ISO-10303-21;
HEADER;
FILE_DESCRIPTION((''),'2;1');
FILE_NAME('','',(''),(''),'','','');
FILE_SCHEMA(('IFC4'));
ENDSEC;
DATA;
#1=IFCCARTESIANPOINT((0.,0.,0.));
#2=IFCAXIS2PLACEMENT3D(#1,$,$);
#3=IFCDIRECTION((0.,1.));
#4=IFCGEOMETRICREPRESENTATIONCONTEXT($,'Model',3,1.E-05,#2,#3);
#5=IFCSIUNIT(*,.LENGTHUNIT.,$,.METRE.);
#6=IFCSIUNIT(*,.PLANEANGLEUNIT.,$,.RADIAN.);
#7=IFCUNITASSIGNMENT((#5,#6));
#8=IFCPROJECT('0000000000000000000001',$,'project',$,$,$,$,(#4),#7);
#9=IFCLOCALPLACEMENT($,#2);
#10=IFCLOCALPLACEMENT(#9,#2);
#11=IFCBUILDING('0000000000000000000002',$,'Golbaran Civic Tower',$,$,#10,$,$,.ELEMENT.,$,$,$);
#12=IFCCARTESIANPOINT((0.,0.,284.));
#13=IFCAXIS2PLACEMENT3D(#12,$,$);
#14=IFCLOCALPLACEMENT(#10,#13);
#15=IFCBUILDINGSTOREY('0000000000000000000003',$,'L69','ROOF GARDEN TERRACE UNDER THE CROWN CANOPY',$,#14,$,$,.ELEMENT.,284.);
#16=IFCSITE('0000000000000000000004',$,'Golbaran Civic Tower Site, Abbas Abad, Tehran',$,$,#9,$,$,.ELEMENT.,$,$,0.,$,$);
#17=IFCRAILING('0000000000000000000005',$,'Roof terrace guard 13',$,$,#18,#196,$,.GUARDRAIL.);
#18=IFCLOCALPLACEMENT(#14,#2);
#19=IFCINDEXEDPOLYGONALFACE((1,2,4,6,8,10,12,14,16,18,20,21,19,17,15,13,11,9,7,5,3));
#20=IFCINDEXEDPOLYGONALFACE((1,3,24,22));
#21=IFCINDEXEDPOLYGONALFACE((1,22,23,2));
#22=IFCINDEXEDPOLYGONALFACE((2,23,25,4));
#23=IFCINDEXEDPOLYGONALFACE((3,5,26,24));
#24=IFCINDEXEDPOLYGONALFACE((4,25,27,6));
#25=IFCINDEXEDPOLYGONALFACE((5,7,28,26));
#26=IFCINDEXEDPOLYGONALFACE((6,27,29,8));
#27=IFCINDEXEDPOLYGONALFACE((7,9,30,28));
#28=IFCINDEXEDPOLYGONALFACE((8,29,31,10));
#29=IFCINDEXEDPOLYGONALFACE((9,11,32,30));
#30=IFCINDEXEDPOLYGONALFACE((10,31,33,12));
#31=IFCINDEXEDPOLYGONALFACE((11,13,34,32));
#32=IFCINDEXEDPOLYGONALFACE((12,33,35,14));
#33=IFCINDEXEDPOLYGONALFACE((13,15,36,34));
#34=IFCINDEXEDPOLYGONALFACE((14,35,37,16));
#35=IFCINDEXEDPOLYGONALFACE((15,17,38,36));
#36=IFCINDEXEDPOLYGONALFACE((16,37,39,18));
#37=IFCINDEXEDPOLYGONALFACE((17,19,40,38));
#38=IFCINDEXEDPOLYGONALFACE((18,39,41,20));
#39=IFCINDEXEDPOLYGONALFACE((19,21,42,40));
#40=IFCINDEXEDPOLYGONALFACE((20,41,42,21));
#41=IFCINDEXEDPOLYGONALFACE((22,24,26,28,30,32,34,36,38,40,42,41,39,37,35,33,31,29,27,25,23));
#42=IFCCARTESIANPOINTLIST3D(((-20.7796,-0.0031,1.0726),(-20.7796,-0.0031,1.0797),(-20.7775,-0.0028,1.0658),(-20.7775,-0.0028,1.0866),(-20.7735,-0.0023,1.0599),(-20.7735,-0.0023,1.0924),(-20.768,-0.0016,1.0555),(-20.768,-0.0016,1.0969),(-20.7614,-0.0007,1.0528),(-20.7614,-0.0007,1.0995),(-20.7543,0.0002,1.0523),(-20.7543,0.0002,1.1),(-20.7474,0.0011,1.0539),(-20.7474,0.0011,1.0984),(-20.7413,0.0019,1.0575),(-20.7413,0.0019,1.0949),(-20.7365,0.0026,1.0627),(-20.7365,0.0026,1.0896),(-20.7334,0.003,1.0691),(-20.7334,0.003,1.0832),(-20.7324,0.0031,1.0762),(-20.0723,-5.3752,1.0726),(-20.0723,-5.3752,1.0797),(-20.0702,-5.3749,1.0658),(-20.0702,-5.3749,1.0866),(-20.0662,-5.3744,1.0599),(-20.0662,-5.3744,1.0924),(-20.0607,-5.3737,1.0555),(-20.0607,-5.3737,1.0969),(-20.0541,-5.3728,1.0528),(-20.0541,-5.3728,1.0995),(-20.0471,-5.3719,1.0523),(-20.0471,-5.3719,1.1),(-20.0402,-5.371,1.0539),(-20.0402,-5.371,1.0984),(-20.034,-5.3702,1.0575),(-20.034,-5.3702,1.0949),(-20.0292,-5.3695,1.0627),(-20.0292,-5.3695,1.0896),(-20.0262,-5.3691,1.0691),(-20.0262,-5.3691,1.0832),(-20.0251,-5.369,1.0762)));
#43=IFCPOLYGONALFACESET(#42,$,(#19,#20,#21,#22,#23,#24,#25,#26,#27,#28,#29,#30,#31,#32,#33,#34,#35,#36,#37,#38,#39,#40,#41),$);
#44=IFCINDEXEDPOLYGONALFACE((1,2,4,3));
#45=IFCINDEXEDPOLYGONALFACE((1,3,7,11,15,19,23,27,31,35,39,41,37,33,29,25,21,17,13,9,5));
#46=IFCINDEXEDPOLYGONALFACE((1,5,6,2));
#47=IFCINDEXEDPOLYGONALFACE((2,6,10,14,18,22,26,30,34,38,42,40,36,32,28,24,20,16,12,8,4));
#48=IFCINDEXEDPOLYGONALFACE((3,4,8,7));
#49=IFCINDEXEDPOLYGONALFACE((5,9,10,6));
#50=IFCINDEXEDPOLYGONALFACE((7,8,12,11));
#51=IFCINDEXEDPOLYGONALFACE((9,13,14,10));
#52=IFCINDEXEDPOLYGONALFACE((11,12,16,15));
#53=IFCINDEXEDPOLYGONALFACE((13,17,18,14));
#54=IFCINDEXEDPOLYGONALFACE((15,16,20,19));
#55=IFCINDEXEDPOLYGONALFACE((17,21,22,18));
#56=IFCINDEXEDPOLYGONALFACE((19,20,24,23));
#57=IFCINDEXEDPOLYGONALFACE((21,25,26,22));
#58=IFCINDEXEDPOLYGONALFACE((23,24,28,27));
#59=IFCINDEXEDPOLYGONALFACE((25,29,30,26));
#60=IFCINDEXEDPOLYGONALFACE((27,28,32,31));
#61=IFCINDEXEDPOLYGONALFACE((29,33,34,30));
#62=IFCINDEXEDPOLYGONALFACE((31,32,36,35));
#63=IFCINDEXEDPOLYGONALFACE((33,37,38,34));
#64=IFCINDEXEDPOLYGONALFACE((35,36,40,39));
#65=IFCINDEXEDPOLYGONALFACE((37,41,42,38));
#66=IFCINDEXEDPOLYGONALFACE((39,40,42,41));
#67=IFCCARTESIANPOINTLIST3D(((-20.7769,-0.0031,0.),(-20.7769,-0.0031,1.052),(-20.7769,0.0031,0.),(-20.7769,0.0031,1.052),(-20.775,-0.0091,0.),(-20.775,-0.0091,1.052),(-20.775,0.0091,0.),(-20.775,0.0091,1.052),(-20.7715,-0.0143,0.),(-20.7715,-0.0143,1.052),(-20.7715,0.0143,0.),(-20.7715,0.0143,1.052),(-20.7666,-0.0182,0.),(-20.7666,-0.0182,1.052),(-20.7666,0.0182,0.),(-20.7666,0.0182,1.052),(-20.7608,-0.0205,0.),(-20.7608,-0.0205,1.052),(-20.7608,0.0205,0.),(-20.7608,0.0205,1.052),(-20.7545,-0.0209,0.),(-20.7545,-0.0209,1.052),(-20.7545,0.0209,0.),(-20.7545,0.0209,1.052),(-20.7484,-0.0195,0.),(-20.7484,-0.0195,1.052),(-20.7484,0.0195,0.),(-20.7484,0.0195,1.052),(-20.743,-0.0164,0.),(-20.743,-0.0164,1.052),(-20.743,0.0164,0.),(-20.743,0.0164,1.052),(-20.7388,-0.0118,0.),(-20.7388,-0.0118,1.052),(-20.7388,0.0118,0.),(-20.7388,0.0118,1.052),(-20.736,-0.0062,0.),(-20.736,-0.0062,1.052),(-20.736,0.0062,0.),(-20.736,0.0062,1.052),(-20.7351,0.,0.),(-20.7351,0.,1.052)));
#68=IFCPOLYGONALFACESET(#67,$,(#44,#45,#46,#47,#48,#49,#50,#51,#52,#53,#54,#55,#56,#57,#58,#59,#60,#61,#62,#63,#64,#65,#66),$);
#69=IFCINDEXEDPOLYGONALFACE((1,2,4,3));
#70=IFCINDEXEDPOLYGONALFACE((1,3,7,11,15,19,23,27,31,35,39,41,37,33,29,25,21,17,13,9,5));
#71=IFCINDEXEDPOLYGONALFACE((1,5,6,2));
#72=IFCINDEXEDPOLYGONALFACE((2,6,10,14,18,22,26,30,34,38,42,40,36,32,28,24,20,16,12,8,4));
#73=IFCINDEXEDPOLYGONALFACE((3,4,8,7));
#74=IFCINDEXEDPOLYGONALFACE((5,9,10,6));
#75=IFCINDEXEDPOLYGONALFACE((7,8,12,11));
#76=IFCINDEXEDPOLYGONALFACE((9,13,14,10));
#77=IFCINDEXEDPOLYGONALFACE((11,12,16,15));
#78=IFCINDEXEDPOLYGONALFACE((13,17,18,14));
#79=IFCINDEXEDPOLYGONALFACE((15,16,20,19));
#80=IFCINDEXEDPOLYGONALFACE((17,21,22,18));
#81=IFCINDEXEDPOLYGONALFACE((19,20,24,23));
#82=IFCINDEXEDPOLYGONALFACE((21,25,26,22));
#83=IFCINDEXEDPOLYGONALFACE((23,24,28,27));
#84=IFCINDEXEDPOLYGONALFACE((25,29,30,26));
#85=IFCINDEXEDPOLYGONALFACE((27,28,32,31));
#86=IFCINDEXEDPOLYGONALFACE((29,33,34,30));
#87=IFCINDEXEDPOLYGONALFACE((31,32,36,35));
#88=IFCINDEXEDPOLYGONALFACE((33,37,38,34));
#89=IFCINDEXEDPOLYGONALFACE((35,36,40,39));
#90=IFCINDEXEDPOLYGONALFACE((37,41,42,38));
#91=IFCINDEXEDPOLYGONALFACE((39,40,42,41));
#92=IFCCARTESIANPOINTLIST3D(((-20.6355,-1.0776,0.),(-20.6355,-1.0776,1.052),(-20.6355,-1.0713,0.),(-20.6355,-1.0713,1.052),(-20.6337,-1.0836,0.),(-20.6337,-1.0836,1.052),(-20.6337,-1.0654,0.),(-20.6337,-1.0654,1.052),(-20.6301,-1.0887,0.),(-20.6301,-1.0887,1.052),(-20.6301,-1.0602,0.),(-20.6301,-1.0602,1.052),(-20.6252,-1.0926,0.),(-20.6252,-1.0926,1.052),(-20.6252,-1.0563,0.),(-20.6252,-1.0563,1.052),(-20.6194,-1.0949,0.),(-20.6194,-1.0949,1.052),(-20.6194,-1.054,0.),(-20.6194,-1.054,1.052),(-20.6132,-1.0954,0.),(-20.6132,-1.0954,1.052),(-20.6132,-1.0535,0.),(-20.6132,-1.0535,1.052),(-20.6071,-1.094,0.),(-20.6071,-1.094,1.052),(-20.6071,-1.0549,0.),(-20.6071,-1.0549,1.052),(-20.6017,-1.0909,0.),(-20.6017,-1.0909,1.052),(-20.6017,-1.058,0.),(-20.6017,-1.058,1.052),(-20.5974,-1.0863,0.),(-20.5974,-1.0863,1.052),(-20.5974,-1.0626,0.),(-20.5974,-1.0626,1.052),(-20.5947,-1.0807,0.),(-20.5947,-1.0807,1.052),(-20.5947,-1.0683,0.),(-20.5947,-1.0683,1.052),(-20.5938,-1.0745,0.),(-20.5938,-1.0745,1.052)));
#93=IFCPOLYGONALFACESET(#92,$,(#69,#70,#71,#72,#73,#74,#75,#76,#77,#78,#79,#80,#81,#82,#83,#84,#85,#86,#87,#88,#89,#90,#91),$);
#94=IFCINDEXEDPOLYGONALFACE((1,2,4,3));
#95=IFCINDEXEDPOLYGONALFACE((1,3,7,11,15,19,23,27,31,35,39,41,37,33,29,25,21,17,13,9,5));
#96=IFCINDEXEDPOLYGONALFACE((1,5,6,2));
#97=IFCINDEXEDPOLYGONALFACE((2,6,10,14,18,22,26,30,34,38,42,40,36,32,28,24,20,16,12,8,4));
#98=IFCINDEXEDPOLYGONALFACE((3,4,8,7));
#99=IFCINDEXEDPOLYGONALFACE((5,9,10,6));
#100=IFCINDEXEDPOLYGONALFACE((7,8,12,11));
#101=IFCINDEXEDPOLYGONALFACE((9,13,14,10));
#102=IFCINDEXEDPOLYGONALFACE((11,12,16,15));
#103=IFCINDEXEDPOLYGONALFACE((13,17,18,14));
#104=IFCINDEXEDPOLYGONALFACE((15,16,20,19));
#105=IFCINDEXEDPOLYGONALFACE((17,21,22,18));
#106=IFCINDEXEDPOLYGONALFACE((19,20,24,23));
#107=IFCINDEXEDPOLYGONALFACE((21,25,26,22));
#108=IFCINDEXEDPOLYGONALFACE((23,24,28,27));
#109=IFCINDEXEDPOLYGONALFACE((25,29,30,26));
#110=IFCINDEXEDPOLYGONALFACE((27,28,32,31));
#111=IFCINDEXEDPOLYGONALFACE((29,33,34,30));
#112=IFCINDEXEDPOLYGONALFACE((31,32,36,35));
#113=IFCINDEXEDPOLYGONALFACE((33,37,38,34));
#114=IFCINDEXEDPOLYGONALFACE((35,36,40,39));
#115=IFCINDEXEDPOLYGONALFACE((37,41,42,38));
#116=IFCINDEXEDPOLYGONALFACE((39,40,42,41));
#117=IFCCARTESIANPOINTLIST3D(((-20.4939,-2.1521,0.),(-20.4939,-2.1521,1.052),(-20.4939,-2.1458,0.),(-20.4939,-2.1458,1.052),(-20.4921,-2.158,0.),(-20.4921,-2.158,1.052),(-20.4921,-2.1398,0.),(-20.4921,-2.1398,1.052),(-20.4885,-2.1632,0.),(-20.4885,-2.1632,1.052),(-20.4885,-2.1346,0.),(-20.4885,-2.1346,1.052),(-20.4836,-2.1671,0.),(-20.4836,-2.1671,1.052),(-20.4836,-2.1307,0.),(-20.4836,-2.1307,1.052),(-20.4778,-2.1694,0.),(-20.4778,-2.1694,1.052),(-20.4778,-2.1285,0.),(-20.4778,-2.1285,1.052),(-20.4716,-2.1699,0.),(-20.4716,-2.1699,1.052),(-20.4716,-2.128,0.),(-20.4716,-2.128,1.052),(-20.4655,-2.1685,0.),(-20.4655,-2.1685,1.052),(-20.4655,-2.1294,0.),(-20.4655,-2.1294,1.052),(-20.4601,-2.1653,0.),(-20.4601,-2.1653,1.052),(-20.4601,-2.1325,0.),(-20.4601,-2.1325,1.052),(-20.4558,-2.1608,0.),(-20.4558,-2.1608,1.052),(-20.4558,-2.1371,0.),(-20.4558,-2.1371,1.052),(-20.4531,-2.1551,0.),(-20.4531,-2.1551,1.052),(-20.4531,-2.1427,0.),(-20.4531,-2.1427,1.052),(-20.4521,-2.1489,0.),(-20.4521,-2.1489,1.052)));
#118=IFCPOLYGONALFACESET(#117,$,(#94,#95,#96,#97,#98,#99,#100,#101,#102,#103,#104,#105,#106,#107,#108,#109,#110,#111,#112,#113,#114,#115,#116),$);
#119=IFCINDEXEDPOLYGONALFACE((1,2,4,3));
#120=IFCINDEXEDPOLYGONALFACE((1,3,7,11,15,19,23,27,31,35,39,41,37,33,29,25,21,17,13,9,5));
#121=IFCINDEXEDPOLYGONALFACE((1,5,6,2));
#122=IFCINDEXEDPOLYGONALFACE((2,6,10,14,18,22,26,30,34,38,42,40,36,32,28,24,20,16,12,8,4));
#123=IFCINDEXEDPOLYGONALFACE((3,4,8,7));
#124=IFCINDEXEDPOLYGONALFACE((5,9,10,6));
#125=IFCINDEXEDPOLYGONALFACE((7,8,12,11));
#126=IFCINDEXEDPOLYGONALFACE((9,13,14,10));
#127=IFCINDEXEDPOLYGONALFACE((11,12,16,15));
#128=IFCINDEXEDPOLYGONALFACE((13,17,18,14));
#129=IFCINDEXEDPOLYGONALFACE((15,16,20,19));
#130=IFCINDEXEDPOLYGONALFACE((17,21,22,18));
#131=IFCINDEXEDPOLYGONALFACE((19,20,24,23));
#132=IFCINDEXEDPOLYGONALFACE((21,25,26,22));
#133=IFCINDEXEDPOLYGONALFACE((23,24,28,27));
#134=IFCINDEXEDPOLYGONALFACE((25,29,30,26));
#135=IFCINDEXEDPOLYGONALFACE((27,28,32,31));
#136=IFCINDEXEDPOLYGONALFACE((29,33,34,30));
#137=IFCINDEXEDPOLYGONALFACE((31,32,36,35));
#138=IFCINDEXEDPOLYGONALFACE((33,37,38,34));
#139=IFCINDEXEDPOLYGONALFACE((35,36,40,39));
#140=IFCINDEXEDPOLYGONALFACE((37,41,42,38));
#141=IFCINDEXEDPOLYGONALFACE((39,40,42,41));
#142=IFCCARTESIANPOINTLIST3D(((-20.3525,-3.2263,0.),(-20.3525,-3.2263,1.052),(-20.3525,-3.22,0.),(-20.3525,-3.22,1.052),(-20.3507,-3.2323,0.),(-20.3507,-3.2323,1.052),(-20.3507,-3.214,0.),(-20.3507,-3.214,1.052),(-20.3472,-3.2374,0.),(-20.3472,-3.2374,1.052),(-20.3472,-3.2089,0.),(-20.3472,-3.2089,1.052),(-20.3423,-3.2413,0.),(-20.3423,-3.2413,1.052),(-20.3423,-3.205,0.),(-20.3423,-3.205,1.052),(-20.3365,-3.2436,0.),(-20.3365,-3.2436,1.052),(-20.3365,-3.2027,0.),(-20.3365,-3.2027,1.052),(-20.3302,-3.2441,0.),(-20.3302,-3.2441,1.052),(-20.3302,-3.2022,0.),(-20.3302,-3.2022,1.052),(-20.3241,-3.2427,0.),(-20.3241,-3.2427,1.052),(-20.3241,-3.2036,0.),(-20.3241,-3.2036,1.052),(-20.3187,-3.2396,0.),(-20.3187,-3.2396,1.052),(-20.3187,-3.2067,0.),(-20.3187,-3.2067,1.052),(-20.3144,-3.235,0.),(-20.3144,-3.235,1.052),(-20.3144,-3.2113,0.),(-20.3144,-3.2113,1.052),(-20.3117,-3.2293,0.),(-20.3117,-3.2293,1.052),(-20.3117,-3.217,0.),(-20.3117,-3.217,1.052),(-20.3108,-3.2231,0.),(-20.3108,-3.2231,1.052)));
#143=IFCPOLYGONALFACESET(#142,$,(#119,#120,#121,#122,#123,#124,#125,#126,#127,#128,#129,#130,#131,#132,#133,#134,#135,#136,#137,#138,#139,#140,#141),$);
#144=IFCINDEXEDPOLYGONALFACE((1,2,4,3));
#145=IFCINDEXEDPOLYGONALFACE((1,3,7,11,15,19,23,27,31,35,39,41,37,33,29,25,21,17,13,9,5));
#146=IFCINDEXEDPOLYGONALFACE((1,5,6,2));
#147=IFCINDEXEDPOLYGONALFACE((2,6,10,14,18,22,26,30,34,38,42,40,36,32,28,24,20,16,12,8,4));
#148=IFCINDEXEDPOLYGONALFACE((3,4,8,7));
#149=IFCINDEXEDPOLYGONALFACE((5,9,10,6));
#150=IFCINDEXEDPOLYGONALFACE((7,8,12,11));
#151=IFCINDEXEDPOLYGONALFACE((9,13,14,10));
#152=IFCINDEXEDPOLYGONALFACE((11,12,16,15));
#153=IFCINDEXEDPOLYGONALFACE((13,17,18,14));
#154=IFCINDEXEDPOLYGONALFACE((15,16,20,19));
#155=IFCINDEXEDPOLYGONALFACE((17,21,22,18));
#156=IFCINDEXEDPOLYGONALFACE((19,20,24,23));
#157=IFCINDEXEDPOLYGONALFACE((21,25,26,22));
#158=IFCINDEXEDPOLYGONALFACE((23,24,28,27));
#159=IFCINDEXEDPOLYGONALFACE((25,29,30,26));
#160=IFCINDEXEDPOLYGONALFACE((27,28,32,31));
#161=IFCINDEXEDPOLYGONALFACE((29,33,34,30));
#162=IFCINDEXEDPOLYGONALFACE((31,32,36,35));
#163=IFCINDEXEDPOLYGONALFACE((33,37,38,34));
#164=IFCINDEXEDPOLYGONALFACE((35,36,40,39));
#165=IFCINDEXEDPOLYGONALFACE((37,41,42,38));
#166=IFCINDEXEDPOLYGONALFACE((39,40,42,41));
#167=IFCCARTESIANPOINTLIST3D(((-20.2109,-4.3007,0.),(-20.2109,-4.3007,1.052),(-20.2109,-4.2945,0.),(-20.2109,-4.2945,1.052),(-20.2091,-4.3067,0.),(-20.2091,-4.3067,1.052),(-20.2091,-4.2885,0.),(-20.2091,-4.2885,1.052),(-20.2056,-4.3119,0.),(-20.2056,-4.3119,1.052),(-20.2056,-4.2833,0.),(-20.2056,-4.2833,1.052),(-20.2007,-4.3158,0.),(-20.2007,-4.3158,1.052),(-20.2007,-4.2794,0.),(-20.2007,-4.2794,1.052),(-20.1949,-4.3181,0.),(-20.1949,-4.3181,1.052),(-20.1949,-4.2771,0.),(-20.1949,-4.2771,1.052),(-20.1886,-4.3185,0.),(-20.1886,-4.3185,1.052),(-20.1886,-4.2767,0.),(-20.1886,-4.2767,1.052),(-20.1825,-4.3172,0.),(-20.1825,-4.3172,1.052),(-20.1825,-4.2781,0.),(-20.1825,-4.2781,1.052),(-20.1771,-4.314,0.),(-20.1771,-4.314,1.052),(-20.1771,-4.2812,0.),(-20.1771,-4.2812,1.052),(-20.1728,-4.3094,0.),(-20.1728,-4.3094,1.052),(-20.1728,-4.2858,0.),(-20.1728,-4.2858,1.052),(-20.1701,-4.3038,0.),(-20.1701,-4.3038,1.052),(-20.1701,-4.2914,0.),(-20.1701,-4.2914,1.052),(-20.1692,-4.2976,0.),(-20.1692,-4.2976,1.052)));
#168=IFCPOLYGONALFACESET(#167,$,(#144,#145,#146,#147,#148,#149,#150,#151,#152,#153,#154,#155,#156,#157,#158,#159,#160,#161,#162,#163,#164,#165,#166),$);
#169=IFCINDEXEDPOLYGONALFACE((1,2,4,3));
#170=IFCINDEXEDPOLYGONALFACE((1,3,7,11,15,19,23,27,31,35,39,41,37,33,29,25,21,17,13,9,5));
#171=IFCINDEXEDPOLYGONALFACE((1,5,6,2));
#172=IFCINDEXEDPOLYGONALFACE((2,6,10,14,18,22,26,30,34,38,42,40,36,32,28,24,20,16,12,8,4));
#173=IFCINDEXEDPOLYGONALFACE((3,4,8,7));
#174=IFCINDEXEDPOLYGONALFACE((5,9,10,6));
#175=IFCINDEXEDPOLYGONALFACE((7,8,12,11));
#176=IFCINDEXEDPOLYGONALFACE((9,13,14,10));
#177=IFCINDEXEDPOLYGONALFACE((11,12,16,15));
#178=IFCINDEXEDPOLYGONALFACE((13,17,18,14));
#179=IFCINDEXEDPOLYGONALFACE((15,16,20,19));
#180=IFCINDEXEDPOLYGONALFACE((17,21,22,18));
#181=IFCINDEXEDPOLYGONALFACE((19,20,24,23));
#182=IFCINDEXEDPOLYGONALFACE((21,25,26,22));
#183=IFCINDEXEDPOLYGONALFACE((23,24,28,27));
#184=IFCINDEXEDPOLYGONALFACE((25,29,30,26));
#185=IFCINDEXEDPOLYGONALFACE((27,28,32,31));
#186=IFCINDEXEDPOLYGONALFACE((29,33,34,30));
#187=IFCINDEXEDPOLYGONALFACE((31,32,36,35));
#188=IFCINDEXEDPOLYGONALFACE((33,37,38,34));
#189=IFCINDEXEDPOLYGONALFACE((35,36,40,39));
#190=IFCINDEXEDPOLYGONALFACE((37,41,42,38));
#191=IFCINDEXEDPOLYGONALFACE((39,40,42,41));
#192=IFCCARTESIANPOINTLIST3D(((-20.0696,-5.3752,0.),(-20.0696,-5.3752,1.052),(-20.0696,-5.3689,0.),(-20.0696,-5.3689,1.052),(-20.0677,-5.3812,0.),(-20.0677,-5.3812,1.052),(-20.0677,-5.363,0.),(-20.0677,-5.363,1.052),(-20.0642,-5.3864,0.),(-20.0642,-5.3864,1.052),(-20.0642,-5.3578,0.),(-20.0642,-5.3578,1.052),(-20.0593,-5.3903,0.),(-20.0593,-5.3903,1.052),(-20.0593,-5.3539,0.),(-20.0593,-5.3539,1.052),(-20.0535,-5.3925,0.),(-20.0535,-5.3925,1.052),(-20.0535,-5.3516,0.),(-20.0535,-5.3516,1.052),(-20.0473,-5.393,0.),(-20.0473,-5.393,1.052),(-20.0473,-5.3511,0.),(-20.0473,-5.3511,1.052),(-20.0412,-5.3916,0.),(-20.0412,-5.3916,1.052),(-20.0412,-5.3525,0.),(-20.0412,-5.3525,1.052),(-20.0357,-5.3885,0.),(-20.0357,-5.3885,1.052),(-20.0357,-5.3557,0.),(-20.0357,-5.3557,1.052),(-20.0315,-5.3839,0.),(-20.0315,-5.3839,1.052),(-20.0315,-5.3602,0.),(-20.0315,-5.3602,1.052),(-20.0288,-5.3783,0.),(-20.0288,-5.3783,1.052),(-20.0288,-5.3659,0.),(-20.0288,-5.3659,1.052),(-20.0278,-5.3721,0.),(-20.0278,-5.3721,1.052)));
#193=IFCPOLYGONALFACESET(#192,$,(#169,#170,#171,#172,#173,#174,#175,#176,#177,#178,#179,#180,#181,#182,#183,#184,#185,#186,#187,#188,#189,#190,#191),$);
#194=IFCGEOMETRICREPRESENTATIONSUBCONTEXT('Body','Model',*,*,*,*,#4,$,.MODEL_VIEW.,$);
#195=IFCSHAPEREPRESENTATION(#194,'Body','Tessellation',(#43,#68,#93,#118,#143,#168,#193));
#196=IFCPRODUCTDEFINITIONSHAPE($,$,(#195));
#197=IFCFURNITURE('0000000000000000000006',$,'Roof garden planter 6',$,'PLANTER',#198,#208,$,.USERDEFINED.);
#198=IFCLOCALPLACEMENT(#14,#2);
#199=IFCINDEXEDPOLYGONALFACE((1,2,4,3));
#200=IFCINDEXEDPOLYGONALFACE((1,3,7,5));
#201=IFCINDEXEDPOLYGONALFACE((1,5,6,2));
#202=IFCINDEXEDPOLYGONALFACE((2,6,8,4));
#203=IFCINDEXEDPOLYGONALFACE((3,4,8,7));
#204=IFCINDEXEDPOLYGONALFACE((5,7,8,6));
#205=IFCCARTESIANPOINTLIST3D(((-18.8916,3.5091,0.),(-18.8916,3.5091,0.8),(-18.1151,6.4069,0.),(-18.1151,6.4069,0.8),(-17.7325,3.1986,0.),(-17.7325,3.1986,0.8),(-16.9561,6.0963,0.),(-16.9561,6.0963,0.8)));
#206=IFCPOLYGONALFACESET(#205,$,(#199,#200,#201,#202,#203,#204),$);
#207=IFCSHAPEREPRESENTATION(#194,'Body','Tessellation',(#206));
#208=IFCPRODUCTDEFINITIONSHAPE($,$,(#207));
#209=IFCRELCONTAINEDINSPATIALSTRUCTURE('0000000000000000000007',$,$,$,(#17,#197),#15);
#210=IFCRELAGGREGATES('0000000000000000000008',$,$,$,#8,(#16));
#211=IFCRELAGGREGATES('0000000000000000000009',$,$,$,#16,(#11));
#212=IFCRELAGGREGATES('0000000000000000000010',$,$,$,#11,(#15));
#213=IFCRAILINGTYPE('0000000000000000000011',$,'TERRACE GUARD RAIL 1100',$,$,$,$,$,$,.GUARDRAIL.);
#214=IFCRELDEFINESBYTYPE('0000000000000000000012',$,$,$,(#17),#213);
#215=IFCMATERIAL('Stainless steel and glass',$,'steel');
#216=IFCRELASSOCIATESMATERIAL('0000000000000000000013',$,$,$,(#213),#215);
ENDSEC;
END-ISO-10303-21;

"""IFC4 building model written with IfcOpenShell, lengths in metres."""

from ifc_helpers import new_model, si_unit, direction, frame, origin, origin_2d, place, context, subcontext, project, spatial, rectangle, circle, extrude, material, type_object, element, save


model = new_model("IFC4")

# Units and contexts
model_context = context("Model", 3, precision=1e-05, world=origin(), true_north=direction((0.0, 1.0)))
body_context = subcontext(model_context, "Body", "Model", "MODEL_VIEW")
ifc_project = project(units=[si_unit("LENGTHUNIT", "METRE"), si_unit("PLANEANGLEUNIT", "RADIAN")], contexts=[model_context])

# Site, building, storey
site_placement = place(None, origin())
site = spatial("IfcSite", under=ifc_project, at=site_placement, Name="Golbaran Civic Tower Site, Abbas Abad, Tehran", CompositionType="ELEMENT", RefElevation=0.0)
building_placement = place(site_placement, origin())
building = spatial("IfcBuilding", under=site, at=building_placement, Name="Golbaran Civic Tower", CompositionType="ELEMENT")
storey_placement = place(building_placement, frame((0.0, 0.0, 284.0)))
storey = spatial("IfcBuildingStorey", under=building, at=storey_placement, Name="L69", Description="ROOF GARDEN TERRACE UNDER THE CROWN CANOPY", CompositionType="ELEMENT", Elevation=284.0)

# Railing
ifc_material_1 = material(Name="Stainless steel and glass", Category="steel")
railing_type = type_object("IfcRailingType", Name="TERRACE GUARD RAIL 1100", PredefinedType="GUARDRAIL", material=ifc_material_1)
railing_1_placement = place(storey_placement, frame((-20.7561, 0.0, 0.0)))
element("IfcRailing", 1, at=railing_1_placement, inside=storey, type_object=railing_type, Name="Roof terrace guard 13", PredefinedType="GUARDRAIL", context=body_context, shape_type="SweptSolid", body=[
    extrude(circle(Radius=0.0239, at=origin_2d()), frame((0.0, 0.0, 1.0762), z_axis=(0.130531, -0.991444, 0.0), x_axis=(0.991444, 0.130531, 0.0)), (0.0, 0.0, 1.0), 5.4185),
    extrude(circle(Radius=0.021, at=origin_2d()), origin(), (0.0, 0.0, 1.0), 1.052),
    extrude(circle(Radius=0.021, at=origin_2d()), frame((0.1414, -1.0745, 0.0)), (0.0, 0.0, 1.0), 1.052),
    extrude(circle(Radius=0.021, at=origin_2d()), frame((0.283, -2.1489, 0.0)), (0.0, 0.0, 1.0), 1.052),
    extrude(circle(Radius=0.021, at=origin_2d()), frame((0.4243, -3.2231, 0.0)), (0.0, 0.0, 1.0), 1.052),
    extrude(circle(Radius=0.021, at=origin_2d()), frame((0.5659, -4.2976, 0.0)), (0.0, 0.0, 1.0), 1.052),
    extrude(circle(Radius=0.021, at=origin_2d()), frame((0.7073, -5.3721, 0.0)), (0.0, 0.0, 1.0), 1.052),
])

# Furniture
furniture_placement = place(storey_placement, frame((-17.9238, 4.8027, 0.0), z_axis=(0.0, 0.0, 1.0), x_axis=(-0.258819, -0.965926, 0.0)))
element("IfcFurniture", 2, at=furniture_placement, inside=storey, Name="Roof garden planter 6", ObjectType="PLANTER", PredefinedType="USERDEFINED", context=body_context, shape_type="SweptSolid", body=[
    extrude(rectangle(XDim=3.0, YDim=1.2, at=origin_2d()), origin(), (0.0, 0.0, 1.0), 0.8),
])

save(model, "model.ifc")
